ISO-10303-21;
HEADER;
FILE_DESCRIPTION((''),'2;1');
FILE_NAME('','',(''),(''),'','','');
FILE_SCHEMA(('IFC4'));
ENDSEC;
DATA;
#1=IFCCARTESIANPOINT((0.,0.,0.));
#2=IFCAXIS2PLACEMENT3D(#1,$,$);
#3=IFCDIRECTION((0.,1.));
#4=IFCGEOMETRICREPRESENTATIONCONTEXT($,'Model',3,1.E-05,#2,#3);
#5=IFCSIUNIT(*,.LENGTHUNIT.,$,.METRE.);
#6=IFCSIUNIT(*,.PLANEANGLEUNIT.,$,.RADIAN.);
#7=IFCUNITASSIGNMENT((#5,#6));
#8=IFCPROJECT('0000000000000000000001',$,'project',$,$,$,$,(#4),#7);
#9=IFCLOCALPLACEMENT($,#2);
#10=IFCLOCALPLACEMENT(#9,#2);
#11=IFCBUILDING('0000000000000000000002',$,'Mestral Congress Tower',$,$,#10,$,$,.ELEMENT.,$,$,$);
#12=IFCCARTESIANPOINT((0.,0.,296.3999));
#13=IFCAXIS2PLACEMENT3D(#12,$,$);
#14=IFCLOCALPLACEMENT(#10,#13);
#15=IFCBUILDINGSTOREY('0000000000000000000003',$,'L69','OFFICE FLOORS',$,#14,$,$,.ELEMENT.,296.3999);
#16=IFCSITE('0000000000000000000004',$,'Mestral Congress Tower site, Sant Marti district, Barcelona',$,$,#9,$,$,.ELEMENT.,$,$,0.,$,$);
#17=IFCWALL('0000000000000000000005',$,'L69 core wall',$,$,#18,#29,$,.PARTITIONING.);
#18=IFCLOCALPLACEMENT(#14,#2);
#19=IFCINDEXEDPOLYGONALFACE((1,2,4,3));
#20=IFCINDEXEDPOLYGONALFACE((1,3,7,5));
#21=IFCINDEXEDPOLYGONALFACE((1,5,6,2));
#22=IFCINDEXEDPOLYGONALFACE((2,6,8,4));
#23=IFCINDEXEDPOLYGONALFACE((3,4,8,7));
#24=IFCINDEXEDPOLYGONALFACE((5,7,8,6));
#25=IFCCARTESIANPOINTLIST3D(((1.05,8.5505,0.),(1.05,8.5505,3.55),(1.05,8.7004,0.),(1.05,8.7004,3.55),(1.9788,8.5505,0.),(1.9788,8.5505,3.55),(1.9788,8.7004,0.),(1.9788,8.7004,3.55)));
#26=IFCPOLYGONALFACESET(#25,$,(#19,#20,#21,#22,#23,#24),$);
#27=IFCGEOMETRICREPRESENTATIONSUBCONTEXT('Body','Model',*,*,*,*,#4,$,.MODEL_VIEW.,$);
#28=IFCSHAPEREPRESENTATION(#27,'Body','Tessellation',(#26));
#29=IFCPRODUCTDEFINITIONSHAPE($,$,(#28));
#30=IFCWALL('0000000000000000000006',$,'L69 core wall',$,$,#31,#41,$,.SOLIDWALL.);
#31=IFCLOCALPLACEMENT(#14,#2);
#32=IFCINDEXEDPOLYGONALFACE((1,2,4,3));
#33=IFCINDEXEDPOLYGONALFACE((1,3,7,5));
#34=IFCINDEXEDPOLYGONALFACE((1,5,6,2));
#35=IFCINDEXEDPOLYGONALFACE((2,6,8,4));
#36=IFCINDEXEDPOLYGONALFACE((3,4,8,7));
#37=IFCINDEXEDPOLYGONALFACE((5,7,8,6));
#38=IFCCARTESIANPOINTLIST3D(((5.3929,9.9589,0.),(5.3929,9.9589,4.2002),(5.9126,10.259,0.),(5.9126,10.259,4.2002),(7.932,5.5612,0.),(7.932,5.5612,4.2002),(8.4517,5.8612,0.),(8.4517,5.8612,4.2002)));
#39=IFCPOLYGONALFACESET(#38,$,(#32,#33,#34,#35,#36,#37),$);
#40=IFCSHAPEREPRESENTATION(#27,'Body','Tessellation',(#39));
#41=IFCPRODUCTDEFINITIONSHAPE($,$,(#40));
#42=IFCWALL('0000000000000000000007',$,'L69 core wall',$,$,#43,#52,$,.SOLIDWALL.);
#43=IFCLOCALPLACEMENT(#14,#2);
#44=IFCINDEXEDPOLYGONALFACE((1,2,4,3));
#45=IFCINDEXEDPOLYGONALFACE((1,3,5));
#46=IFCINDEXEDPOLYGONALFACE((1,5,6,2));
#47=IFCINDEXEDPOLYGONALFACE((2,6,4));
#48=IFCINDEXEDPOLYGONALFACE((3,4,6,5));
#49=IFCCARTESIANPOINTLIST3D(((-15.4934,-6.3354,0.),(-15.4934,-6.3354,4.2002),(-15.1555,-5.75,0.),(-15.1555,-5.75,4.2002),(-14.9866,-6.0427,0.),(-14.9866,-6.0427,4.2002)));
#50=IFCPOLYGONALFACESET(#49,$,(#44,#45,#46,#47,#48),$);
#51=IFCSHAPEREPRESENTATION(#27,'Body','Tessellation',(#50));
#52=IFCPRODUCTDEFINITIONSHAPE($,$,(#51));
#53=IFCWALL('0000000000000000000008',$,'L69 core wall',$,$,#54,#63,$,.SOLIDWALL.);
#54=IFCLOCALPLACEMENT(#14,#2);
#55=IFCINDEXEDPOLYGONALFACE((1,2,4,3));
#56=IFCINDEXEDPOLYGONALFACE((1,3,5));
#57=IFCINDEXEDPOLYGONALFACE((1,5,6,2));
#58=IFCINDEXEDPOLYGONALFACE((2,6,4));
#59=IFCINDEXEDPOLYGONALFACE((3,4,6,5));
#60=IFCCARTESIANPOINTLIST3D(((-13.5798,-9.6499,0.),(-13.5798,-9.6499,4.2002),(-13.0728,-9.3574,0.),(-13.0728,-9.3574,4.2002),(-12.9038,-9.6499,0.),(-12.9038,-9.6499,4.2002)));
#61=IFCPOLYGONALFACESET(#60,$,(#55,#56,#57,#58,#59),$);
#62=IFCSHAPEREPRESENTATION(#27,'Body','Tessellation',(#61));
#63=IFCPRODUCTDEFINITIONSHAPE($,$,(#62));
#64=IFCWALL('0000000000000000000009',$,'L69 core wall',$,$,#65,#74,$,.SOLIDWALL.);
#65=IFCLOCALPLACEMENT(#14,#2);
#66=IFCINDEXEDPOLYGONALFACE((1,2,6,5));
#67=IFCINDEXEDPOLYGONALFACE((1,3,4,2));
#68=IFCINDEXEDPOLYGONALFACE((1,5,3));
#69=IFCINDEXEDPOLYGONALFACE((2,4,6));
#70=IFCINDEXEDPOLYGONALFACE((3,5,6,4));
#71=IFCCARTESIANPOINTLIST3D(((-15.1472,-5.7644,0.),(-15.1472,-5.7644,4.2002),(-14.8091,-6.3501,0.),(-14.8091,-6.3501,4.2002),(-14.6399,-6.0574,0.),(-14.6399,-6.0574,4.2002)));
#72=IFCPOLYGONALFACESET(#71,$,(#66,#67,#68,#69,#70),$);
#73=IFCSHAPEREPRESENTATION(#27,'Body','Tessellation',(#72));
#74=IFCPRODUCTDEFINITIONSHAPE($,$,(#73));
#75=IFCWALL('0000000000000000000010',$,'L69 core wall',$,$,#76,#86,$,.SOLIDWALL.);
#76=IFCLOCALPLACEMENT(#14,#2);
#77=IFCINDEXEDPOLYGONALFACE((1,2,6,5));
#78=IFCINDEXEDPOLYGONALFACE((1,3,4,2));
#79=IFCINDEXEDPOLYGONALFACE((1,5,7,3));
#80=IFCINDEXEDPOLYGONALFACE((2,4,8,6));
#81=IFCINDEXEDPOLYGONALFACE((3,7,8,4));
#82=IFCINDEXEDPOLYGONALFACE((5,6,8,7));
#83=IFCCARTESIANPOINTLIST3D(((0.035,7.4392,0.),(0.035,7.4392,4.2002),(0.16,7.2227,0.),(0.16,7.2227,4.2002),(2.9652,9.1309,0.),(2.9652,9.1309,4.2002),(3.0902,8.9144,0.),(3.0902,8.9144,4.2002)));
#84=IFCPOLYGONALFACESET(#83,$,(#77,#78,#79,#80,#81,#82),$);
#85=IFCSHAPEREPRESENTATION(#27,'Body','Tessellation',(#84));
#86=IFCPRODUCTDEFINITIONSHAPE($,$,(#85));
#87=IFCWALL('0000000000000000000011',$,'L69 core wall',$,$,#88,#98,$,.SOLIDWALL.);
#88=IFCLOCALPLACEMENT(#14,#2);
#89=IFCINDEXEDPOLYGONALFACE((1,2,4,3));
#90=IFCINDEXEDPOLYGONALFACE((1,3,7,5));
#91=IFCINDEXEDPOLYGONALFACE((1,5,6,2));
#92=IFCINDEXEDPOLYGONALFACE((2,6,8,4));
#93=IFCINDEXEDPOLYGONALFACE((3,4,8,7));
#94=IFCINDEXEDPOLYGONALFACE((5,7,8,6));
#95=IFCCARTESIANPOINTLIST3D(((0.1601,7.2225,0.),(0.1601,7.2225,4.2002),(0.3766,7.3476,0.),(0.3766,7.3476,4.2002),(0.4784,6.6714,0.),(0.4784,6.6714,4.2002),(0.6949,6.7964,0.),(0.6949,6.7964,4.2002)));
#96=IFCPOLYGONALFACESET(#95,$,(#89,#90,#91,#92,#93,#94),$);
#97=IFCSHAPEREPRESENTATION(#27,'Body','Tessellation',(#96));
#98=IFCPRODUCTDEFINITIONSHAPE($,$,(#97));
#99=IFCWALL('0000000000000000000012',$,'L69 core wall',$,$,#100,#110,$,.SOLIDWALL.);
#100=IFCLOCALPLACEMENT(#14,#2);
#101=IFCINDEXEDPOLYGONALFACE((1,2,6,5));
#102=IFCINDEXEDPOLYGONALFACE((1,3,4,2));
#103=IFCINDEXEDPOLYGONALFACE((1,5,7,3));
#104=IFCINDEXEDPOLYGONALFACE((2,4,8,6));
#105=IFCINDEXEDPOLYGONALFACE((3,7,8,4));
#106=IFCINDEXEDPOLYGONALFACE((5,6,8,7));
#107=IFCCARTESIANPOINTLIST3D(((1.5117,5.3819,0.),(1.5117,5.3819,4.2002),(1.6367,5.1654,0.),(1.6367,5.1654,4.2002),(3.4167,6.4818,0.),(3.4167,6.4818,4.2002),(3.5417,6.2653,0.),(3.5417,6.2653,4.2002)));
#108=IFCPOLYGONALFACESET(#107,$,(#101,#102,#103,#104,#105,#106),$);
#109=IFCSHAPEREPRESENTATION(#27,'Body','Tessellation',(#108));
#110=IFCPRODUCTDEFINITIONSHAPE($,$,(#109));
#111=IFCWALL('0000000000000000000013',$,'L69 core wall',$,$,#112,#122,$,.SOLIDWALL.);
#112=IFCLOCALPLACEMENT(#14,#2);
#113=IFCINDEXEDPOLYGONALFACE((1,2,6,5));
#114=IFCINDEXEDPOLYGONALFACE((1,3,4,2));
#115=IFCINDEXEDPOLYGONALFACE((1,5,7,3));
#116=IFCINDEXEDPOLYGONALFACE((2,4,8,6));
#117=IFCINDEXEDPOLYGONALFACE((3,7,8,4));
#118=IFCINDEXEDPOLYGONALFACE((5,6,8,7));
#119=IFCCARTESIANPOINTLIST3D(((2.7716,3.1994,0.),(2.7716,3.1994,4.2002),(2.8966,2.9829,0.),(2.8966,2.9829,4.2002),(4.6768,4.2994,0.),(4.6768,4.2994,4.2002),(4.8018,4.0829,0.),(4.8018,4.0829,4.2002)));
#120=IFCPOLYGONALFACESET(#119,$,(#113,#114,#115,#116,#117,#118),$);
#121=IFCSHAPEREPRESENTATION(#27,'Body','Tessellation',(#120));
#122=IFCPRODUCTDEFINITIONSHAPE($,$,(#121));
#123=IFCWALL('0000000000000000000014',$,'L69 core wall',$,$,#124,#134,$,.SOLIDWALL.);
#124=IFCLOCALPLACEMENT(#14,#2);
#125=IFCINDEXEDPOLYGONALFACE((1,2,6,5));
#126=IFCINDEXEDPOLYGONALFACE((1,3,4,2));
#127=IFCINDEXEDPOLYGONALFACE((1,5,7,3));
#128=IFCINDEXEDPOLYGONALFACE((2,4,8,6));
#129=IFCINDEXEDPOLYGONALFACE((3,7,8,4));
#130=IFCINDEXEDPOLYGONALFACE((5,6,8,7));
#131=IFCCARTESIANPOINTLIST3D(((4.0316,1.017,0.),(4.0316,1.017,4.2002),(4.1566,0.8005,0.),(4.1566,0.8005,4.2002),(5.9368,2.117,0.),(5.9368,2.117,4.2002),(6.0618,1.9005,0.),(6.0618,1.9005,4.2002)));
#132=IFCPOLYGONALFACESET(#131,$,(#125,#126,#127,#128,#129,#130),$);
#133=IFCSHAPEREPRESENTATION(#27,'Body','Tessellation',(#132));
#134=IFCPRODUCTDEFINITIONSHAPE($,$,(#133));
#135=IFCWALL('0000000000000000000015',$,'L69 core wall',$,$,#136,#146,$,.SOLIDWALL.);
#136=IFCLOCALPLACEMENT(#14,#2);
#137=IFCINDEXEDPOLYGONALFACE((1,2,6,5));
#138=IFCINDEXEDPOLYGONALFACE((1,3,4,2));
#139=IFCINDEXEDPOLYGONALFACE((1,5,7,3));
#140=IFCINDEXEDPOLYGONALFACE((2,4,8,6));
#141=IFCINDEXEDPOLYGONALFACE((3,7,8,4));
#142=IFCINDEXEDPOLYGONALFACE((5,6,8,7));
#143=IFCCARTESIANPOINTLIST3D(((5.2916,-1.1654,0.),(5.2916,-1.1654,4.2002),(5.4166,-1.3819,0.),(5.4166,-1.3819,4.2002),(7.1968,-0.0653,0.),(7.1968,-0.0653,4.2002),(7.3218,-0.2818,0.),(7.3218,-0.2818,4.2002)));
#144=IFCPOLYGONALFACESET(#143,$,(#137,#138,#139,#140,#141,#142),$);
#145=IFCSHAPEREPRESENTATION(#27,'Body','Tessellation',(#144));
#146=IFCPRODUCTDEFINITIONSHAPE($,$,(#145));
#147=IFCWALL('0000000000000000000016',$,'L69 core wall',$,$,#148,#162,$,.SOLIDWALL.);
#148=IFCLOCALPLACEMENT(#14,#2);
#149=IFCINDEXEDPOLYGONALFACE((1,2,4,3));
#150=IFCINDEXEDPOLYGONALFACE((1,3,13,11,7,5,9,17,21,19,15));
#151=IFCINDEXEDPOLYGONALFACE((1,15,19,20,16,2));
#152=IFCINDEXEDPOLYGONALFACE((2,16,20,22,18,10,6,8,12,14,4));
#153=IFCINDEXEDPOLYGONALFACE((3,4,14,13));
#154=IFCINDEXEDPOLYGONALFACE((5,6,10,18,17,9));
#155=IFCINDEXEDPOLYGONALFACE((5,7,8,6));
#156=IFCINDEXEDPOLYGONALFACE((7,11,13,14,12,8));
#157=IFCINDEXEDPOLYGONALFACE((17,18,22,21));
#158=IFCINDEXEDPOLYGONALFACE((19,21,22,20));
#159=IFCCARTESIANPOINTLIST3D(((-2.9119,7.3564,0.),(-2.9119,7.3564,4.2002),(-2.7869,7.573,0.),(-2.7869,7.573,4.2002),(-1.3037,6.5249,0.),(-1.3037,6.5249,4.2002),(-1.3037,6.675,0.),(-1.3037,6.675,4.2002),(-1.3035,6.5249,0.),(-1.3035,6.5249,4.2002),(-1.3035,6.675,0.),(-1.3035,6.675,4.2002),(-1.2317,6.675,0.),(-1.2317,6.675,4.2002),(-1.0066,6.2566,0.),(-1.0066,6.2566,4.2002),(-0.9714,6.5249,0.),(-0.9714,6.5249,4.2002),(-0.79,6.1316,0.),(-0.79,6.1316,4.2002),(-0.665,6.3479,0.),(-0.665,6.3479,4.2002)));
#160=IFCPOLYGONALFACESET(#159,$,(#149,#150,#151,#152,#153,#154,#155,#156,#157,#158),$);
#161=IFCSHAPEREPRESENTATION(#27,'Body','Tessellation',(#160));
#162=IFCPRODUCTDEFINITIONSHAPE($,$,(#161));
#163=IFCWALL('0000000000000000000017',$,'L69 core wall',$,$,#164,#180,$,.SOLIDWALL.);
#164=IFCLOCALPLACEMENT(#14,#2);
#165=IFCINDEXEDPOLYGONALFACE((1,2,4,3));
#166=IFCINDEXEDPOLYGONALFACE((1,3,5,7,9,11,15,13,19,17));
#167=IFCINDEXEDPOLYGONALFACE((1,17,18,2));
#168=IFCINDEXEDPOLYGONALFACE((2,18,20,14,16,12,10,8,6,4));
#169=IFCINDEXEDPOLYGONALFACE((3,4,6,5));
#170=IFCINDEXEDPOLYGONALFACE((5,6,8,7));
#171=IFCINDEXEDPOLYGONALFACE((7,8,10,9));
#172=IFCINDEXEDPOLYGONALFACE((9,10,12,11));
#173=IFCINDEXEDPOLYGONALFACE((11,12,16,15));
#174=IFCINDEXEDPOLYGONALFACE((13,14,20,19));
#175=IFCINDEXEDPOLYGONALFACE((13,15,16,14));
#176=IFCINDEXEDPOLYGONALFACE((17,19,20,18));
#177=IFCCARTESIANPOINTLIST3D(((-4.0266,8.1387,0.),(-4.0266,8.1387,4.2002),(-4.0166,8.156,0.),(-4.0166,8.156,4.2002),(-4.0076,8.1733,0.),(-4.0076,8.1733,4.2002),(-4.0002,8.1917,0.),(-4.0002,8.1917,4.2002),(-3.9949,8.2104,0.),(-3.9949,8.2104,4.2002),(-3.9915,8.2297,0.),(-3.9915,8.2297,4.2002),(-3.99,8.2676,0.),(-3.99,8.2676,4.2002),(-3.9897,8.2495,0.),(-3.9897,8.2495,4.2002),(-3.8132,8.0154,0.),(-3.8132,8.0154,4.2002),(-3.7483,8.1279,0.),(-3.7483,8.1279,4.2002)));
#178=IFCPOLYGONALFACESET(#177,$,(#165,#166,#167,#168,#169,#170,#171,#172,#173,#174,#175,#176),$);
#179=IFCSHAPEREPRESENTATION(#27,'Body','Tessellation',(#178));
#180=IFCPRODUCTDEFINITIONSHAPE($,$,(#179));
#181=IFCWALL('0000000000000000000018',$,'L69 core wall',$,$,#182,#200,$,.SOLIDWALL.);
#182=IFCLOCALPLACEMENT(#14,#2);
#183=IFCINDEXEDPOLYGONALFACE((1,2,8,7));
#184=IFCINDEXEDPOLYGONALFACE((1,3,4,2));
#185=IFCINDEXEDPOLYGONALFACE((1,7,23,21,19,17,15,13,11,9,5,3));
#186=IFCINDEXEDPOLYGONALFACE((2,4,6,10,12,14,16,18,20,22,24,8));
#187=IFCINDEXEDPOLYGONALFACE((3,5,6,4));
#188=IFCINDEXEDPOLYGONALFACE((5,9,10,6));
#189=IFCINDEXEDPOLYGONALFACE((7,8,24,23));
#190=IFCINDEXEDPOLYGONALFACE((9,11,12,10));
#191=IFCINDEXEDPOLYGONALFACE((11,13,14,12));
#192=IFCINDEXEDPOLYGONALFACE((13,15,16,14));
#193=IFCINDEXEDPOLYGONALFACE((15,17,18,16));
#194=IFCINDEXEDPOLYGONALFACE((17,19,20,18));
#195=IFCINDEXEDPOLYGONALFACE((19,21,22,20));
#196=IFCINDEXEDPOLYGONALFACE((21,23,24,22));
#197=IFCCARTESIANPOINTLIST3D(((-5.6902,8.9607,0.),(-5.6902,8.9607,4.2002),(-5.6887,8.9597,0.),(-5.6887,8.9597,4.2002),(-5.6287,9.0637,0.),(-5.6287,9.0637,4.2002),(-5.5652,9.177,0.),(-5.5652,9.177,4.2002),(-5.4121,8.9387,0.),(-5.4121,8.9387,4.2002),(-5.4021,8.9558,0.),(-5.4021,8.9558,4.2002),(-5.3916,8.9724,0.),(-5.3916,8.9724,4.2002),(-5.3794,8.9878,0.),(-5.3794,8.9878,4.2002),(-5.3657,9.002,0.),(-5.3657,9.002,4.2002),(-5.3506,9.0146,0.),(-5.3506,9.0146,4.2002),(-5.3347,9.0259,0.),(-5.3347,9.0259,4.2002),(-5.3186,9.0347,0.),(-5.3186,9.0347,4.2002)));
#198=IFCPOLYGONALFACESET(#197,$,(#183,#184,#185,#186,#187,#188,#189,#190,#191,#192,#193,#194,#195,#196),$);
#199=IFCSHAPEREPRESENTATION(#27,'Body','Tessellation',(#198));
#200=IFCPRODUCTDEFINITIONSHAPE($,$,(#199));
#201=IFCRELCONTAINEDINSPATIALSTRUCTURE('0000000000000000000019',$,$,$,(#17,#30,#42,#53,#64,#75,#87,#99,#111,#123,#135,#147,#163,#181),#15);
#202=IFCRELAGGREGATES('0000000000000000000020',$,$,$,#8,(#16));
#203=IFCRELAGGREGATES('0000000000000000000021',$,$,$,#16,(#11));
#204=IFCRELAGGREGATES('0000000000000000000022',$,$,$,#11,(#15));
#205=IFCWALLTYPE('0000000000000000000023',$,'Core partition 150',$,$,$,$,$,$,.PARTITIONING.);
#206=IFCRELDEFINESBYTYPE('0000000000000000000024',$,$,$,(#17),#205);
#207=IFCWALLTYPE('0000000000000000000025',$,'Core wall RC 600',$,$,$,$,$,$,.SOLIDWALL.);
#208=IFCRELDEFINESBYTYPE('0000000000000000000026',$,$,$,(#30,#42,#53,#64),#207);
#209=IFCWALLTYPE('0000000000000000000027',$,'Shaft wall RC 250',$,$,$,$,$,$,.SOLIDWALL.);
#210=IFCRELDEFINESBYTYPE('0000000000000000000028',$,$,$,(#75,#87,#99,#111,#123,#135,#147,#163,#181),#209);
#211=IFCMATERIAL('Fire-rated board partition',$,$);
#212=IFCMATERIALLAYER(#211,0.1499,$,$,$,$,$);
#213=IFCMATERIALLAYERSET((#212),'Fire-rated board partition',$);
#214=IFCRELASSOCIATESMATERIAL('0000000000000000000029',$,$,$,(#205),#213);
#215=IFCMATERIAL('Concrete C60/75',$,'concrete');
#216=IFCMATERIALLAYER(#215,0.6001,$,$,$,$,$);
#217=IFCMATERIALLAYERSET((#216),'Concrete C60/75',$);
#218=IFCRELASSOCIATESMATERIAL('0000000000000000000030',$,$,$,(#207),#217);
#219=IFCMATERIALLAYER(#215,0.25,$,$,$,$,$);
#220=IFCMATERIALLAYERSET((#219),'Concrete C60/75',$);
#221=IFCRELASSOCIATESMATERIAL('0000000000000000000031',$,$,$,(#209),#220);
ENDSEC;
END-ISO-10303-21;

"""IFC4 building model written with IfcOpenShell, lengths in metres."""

from ifc_helpers import new_model, si_unit, direction, frame, frame_2d, origin, place, context, subcontext, project, spatial, polyline, rectangle, outline, extrude, material, layer, layer_set, type_object, element, save


model = new_model("IFC4")

# Units and contexts
model_context = context("Model", 3, precision=1e-05, world=origin(), true_north=direction((0.0, 1.0)))
body_context = subcontext(model_context, "Body", "Model", "MODEL_VIEW")
ifc_project = project(units=[si_unit("LENGTHUNIT", "METRE"), si_unit("PLANEANGLEUNIT", "RADIAN")], contexts=[model_context])

# Site, building, storey
site_placement = place(None, origin())
site = spatial("IfcSite", under=ifc_project, at=site_placement, Name="Mestral Congress Tower site, Sant Marti district, Barcelona", CompositionType="ELEMENT", RefElevation=0.0)
building_placement = place(site_placement, origin())
building = spatial("IfcBuilding", under=site, at=building_placement, Name="Mestral Congress Tower", CompositionType="ELEMENT")
storey_placement = place(building_placement, frame((0.0, 0.0, 296.3999)))
storey = spatial("IfcBuildingStorey", under=building, at=storey_placement, Name="L69", Description="OFFICE FLOORS", CompositionType="ELEMENT", Elevation=296.3999)

# Walls
ifc_material_1 = material(Name="Fire-rated board partition")
ifc_layer_1 = layer(ifc_material_1, 0.1499)
ifc_layer_set_1 = layer_set([ifc_layer_1], Name="Fire-rated board partition")
wall_type_1 = type_object("IfcWallType", Name="Core partition 150", PredefinedType="PARTITIONING", material=ifc_layer_set_1)
wall_1_placement = place(storey_placement, frame((1.05, 8.6255, 0.0), z_axis=(0.0, 0.0, 1.0), x_axis=(1.0, 0.0, 0.0)))
element("IfcWall", 1, at=wall_1_placement, inside=storey, type_object=wall_type_1, Name="L69 core wall", PredefinedType="PARTITIONING", context=body_context, shape_type="SweptSolid", body=[
    extrude(rectangle(XDim=0.9287, YDim=0.1499, at=frame_2d((0.4644, 0.0))), origin(), (0.0, 0.0, 1.0), 3.55),
])
ifc_material_2 = material(Name="Concrete C60/75", Category="concrete")
ifc_layer_2 = layer(ifc_material_2, 0.6001)
ifc_layer_set_2 = layer_set([ifc_layer_2], Name="Concrete C60/75")
wall_type_2 = type_object("IfcWallType", Name="Core wall RC 600", PredefinedType="SOLIDWALL", material=ifc_layer_set_2)
wall_2_placement = place(storey_placement, frame((8.1919, 5.7112, 0.0), z_axis=(0.0, 0.0, 1.0), x_axis=(-0.500007, 0.866021, 0.0)))
element("IfcWall", 2, at=wall_2_placement, inside=storey, type_object=wall_type_2, Name="L69 core wall", PredefinedType="SOLIDWALL", context=body_context, shape_type="SweptSolid", body=[
    extrude(rectangle(XDim=5.0781, YDim=0.6001, at=frame_2d((2.5391, 0.0))), origin(), (0.0, 0.0, 1.0), 4.2002),
])
placement = place(storey_placement, origin())
element("IfcWall", 3, at=placement, inside=storey, type_object=wall_type_2, Name="L69 core wall", PredefinedType="SOLIDWALL", context=body_context, shape_type="SweptSolid", body=[
    extrude(outline(polyline([(-14.9866, -6.0427), (-15.4934, -6.3354), (-15.1555, -5.75), (-14.9866, -6.0427)])), origin(), (0.0, 0.0, 1.0), 4.2002),
])
element("IfcWall", 4, at=placement, inside=storey, type_object=wall_type_2, Name="L69 core wall", PredefinedType="SOLIDWALL", context=body_context, shape_type="SweptSolid", body=[
    extrude(outline(polyline([(-12.9038, -9.6499), (-13.5798, -9.6499), (-13.0728, -9.3574), (-12.9038, -9.6499)])), origin(), (0.0, 0.0, 1.0), 4.2002),
])
element("IfcWall", 5, at=placement, inside=storey, type_object=wall_type_2, Name="L69 core wall", PredefinedType="SOLIDWALL", context=body_context, shape_type="SweptSolid", body=[
    extrude(outline(polyline([(-14.8091, -6.3501), (-15.1472, -5.7644), (-14.6399, -6.0574), (-14.8091, -6.3501)])), origin(), (0.0, 0.0, 1.0), 4.2002),
])
ifc_layer_3 = layer(ifc_material_2, 0.25)
ifc_layer_set_3 = layer_set([ifc_layer_3], Name="Concrete C60/75")
wall_type_3 = type_object("IfcWallType", Name="Shaft wall RC 250", PredefinedType="SOLIDWALL", material=ifc_layer_set_3)
wall_3_placement = place(storey_placement, frame((3.0278, 9.0227, 0.0), z_axis=(0.0, 0.0, 1.0), x_axis=(-0.866037, -0.499981, 0.0)))
element("IfcWall", 6, at=wall_3_placement, inside=storey, type_object=wall_type_3, Name="L69 core wall", PredefinedType="SOLIDWALL", context=body_context, shape_type="SweptSolid", body=[
    extrude(rectangle(XDim=3.3835, YDim=0.25, at=frame_2d((1.6919, 0.0))), origin(), (0.0, 0.0, 1.0), 4.2002),
])
wall_4_placement = place(storey_placement, frame((0.2683, 7.2852, 0.0), z_axis=(0.0, 0.0, 1.0), x_axis=(0.500099, -0.865968, 0.0)))
element("IfcWall", 7, at=wall_4_placement, inside=storey, type_object=wall_type_3, Name="L69 core wall", PredefinedType="SOLIDWALL", context=body_context, shape_type="SweptSolid", body=[
    extrude(rectangle(XDim=0.6365, YDim=0.25, at=frame_2d((0.3184, 0.0))), origin(), (0.0, 0.0, 1.0), 4.2002),
])
wall_5_placement = place(storey_placement, frame((1.5742, 5.2737, 0.0), z_axis=(0.0, 0.0, 1.0), x_axis=(0.866028, 0.499995, 0.0)))
element("IfcWall", 8, at=wall_5_placement, inside=storey, type_object=wall_type_3, Name="L69 core wall", PredefinedType="SOLIDWALL", context=body_context, shape_type="SweptSolid", body=[
    extrude(rectangle(XDim=2.1997, YDim=0.25, at=frame_2d((1.0999, 0.0))), origin(), (0.0, 0.0, 1.0), 4.2002),
])
for number, where, z_axis, x_axis, name in (
    (9, (2.834, 3.0911, 0.0), (0.0, 0.0, 1.0), (0.866008, 0.50003, 0.0), "L69 core wall"),
    (10, (4.094, 0.9087, 0.0), (0.0, 0.0, 1.0), (0.866008, 0.50003, 0.0), "L69 core wall"),
    (11, (5.354, -1.2737, 0.0), (0.0, 0.0, 1.0), (0.866008, 0.50003, 0.0), "L69 core wall"),
):
    element("IfcWall", number, at=place(storey_placement, frame(where, z_axis=z_axis, x_axis=x_axis)), inside=storey, type_object=wall_type_3, Name=name, PredefinedType="SOLIDWALL", context=body_context, shape_type="SweptSolid", body=[
        extrude(rectangle(XDim=2.2, YDim=0.25, at=frame_2d((1.1001, 0.0))), origin(), (0.0, 0.0, 1.0), 4.2002),
    ])
element("IfcWall", 12, at=placement, inside=storey, type_object=wall_type_3, Name="L69 core wall", PredefinedType="SOLIDWALL", context=body_context, shape_type="SweptSolid", body=[
    extrude(outline(polyline([(-2.9119, 7.3564), (-2.7869, 7.573), (-1.2317, 6.675), (-1.3035, 6.675), (-1.3037, 6.675), (-1.3037, 6.675), (-1.3037, 6.5249), (-1.3037, 6.5249), (-1.3035, 6.5249), (-0.9714, 6.5249), (-0.665, 6.3479), (-0.79, 6.1316), (-1.0066, 6.2566), (-1.0066, 6.2566), (-2.9119, 7.3564)])), origin(), (0.0, 0.0, 1.0), 4.2002),
])
element("IfcWall", 13, at=placement, inside=storey, type_object=wall_type_3, Name="L69 core wall", PredefinedType="SOLIDWALL", context=body_context, shape_type="SweptSolid", body=[
    extrude(outline(polyline([(-3.7483, 8.1279), (-3.8132, 8.0154), (-4.0266, 8.1387), (-4.0166, 8.156), (-4.0076, 8.1733), (-4.0002, 8.1917), (-3.9949, 8.2104), (-3.9915, 8.2297), (-3.9897, 8.2495), (-3.99, 8.2676), (-3.7483, 8.1279)])), origin(), (0.0, 0.0, 1.0), 4.2002),
])
element("IfcWall", 14, at=placement, inside=storey, type_object=wall_type_3, Name="L69 core wall", PredefinedType="SOLIDWALL", context=body_context, shape_type="SweptSolid", body=[
    extrude(outline(polyline([(-5.6887, 8.9597), (-5.6902, 8.9607), (-5.5652, 9.177), (-5.3186, 9.0347), (-5.3347, 9.0259), (-5.3506, 9.0146), (-5.3657, 9.002), (-5.3794, 8.9878), (-5.3916, 8.9724), (-5.4021, 8.9558), (-5.4121, 8.9387), (-5.6287, 9.0637), (-5.6287, 9.0637), (-5.6887, 8.9597)])), origin(), (0.0, 0.0, 1.0), 4.2002),
])

save(model, "model.ifc")
